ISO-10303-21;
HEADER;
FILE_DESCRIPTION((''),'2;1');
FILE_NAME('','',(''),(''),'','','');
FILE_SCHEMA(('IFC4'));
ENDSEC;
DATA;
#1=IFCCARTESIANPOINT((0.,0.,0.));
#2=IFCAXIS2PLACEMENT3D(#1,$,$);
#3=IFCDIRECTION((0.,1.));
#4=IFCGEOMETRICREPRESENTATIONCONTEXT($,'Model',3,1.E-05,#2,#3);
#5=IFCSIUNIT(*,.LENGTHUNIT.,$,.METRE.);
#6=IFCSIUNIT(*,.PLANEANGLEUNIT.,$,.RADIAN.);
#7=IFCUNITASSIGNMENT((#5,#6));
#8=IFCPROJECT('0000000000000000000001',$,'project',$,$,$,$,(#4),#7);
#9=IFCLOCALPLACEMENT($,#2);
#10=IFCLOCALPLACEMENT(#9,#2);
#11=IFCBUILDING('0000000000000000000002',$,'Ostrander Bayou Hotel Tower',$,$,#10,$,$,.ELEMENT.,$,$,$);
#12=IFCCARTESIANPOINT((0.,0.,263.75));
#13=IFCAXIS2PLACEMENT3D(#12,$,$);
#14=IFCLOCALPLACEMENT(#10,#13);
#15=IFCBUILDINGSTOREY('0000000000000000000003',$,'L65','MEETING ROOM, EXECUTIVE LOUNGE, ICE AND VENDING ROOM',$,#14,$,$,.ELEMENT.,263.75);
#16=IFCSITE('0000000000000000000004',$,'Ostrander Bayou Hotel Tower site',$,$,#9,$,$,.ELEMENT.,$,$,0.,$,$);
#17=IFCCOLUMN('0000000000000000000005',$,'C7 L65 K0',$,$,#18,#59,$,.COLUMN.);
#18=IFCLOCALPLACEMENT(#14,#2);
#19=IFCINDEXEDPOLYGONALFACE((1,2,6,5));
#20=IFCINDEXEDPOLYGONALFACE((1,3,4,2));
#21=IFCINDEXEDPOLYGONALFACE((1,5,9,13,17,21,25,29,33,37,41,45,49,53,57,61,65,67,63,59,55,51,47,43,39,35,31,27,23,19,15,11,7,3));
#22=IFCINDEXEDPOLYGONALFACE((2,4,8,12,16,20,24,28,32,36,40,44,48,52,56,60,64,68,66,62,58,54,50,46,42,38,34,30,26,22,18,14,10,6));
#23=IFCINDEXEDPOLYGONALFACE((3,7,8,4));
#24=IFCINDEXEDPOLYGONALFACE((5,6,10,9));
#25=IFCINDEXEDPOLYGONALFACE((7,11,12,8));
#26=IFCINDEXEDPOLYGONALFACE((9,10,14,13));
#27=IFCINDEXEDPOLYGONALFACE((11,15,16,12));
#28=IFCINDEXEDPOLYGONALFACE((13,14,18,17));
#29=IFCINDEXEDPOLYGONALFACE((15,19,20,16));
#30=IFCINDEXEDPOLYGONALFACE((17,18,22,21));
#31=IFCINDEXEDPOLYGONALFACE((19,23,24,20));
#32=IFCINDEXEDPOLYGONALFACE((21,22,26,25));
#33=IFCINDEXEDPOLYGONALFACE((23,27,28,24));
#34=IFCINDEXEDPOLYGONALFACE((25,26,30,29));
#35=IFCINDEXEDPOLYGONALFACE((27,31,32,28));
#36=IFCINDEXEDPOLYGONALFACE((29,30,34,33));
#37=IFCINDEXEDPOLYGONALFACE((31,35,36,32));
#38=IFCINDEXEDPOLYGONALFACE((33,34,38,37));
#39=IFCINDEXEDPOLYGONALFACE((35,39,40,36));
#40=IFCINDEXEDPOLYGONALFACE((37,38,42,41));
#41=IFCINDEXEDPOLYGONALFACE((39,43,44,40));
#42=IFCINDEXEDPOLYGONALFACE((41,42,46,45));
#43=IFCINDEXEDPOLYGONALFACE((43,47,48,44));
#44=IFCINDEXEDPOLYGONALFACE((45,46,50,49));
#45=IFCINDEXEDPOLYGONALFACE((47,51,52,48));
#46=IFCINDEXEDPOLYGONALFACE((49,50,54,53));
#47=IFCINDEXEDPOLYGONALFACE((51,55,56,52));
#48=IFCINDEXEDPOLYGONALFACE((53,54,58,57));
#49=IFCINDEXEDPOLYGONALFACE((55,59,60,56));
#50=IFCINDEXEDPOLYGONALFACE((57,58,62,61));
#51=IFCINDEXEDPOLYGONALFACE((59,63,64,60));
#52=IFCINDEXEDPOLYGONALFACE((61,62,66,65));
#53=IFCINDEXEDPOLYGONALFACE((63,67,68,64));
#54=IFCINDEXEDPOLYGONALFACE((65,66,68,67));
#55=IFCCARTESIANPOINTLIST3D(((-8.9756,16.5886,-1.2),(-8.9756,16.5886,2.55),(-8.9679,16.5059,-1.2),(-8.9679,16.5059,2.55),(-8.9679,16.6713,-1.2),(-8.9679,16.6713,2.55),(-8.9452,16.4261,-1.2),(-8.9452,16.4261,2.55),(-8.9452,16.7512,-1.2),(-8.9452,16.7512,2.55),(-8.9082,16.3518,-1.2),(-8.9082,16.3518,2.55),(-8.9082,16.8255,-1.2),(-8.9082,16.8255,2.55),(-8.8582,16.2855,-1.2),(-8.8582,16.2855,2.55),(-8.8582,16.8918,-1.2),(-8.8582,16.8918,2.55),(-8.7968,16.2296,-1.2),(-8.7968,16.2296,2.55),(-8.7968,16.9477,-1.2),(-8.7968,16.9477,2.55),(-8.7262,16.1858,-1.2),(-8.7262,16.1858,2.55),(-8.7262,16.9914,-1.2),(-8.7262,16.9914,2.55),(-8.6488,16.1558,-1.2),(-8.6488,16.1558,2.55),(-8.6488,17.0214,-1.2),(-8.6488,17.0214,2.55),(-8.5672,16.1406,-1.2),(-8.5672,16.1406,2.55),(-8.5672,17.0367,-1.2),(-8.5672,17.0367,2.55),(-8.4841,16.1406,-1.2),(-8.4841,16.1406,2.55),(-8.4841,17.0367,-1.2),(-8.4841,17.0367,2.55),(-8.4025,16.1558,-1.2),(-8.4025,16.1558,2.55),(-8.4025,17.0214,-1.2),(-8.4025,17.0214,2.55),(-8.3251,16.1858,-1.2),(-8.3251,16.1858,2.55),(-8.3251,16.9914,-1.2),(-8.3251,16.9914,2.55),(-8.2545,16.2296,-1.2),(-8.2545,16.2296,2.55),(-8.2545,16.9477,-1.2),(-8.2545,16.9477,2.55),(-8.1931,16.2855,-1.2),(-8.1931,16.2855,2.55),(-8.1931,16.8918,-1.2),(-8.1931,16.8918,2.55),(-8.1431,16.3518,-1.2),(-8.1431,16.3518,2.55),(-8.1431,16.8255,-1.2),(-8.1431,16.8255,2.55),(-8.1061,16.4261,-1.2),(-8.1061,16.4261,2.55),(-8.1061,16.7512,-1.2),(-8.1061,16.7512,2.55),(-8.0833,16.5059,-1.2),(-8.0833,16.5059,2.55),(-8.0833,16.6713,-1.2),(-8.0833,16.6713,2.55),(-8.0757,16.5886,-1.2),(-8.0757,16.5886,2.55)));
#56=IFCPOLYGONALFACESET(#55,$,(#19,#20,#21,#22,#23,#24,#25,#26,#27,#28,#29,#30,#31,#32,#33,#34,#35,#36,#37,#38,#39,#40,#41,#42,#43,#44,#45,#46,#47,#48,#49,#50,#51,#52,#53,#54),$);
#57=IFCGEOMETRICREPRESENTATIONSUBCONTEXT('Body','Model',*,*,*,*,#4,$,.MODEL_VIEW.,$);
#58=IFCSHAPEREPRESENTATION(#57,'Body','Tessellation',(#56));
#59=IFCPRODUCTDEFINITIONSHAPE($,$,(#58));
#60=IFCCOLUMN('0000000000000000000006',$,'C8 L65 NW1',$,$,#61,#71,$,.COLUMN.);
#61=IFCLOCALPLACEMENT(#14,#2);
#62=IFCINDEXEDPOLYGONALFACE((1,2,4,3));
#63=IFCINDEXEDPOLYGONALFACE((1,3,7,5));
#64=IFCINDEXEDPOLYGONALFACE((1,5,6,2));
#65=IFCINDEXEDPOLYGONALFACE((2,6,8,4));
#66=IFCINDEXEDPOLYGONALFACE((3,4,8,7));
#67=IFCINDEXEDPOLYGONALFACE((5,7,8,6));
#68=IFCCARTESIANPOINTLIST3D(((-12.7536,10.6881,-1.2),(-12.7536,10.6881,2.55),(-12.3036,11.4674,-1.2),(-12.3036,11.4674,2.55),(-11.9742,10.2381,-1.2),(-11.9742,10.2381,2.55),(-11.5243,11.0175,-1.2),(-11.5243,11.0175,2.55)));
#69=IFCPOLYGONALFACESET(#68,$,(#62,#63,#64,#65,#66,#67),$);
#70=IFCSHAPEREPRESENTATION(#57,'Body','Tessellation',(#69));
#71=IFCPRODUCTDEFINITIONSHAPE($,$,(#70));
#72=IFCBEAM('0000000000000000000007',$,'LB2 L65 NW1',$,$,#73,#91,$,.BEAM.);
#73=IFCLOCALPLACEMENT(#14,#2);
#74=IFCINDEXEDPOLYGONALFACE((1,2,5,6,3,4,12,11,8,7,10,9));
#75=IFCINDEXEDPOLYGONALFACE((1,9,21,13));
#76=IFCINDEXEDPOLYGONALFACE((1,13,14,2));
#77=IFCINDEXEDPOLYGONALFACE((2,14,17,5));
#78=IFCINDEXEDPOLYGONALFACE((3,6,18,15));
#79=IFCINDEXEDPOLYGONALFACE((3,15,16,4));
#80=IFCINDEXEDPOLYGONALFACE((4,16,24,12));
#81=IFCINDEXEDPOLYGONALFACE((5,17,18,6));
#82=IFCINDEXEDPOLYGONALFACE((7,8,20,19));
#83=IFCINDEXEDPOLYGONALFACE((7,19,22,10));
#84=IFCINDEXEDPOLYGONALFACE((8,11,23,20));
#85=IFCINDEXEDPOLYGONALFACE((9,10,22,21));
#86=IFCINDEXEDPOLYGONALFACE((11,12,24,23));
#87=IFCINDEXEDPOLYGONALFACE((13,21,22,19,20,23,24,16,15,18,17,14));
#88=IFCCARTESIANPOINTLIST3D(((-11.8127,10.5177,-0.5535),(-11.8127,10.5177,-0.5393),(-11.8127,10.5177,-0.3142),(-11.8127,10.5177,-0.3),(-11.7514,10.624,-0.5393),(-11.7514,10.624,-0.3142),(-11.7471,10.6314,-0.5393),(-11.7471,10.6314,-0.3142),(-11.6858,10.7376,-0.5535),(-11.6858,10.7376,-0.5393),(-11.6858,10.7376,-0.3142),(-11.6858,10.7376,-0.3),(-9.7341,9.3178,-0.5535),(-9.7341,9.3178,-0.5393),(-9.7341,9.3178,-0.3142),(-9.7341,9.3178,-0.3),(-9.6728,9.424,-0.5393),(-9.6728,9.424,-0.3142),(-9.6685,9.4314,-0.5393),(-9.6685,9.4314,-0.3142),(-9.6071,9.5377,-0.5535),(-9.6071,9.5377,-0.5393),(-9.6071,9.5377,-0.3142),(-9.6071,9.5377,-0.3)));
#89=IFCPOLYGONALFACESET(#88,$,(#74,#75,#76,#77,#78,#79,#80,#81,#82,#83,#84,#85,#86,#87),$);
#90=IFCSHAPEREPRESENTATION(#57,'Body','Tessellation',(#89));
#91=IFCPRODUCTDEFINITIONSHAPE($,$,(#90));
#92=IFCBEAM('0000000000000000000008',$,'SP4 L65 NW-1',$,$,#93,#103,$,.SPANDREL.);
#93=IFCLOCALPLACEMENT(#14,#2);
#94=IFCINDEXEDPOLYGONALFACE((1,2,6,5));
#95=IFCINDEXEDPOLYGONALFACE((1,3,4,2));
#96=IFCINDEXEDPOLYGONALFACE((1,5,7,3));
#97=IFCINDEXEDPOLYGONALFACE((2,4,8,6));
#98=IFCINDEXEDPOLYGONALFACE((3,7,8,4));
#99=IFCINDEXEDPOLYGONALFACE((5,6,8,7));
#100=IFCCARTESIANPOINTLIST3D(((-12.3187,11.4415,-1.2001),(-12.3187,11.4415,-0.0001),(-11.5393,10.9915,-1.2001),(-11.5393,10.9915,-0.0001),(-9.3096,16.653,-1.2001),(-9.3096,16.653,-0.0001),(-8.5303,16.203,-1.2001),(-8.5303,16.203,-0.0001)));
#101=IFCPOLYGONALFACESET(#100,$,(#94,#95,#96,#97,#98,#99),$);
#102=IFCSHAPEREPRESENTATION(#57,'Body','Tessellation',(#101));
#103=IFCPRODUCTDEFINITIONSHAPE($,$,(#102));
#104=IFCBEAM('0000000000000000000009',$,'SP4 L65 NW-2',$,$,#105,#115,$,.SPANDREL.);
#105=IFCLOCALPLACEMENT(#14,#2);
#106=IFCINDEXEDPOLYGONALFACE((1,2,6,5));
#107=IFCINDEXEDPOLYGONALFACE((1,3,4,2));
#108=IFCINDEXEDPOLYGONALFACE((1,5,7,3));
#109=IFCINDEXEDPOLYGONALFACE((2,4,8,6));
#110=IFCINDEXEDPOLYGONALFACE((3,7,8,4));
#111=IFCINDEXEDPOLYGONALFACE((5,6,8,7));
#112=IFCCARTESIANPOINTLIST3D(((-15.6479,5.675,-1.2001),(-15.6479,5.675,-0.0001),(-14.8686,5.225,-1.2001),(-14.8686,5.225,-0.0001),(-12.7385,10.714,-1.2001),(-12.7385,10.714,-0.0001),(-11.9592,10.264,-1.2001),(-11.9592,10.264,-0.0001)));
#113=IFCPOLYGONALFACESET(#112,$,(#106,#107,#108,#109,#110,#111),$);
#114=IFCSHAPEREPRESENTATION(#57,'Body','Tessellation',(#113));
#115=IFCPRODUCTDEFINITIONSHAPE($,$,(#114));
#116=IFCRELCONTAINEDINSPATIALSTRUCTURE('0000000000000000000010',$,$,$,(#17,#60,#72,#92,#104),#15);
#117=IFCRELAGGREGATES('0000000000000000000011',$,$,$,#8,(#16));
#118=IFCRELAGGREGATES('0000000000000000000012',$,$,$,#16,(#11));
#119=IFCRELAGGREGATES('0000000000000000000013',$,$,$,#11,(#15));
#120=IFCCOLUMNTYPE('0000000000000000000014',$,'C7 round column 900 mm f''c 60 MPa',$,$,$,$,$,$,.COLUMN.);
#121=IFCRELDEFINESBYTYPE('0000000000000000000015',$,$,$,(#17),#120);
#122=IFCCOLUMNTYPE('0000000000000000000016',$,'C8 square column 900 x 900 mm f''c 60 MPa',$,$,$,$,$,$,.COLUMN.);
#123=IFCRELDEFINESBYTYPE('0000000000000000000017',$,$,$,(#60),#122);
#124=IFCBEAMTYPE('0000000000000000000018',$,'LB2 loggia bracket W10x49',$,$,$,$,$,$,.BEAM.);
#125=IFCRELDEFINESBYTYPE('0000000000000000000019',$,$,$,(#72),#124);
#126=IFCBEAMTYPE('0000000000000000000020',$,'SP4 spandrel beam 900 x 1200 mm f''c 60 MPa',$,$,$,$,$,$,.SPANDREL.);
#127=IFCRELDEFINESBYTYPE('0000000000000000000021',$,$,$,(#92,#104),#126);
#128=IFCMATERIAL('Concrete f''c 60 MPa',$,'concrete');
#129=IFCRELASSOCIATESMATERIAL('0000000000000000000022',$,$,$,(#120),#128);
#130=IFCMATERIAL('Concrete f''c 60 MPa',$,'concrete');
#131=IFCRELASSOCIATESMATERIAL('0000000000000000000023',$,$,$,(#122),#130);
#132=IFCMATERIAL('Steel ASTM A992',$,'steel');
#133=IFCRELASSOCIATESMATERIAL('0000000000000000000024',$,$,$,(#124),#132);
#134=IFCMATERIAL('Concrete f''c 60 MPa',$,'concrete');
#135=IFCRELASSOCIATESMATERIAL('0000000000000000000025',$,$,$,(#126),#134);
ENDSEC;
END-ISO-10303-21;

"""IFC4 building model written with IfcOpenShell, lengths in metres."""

from ifc_helpers import new_model, si_unit, direction, frame, origin, origin_2d, place, context, subcontext, project, spatial, rectangle, circle, i_section, extrude, material, material_profile, profile_set, type_object, element, save


model = new_model("IFC4")

# Units and contexts
model_context = context("Model", 3, precision=1e-05, world=origin(), true_north=direction((0.0, 1.0)))
body_context = subcontext(model_context, "Body", "Model", "MODEL_VIEW")
ifc_project = project(units=[si_unit("LENGTHUNIT", "METRE"), si_unit("PLANEANGLEUNIT", "RADIAN")], contexts=[model_context])

# Site, building, storey
site_placement = place(None, origin())
site = spatial("IfcSite", under=ifc_project, at=site_placement, Name="Ostrander Bayou Hotel Tower site", CompositionType="ELEMENT", RefElevation=0.0)
building_placement = place(site_placement, origin())
building = spatial("IfcBuilding", under=site, at=building_placement, Name="Ostrander Bayou Hotel Tower", CompositionType="ELEMENT")
storey_placement = place(building_placement, frame((0.0, 0.0, 263.75)))
storey = spatial("IfcBuildingStorey", under=building, at=storey_placement, Name="L65", Description="MEETING ROOM, EXECUTIVE LOUNGE, ICE AND VENDING ROOM", CompositionType="ELEMENT", Elevation=263.75)

# Columns
ifc_material_1 = material(Name="Concrete f'c 60 MPa", Category="concrete")
ifc_material_profile_1 = material_profile(ifc_material_1, circle(Radius=0.45, at=origin_2d()))
ifc_profile_set_1 = profile_set([ifc_material_profile_1], Name="Concrete f'c 60 MPa")
column_type_1 = type_object("IfcColumnType", Name="C7 round column 900 mm f'c 60 MPa", PredefinedType="COLUMN", material=ifc_profile_set_1)
column_1_placement = place(storey_placement, frame((-8.5256, 16.5886, -1.2), z_axis=(0.0, 0.0, 1.0), x_axis=(1.0, 0.0, 0.0)))
element("IfcColumn", 1, at=column_1_placement, inside=storey, type_object=column_type_1, Name="C7 L65 K0", PredefinedType="COLUMN", context=body_context, shape_type="SweptSolid", body=[
    extrude(circle(Radius=0.45, at=origin_2d()), origin(), (0.0, 0.0, 1.0), 3.75),
])
ifc_material_2 = material(Name="Concrete f'c 60 MPa", Category="concrete")
ifc_material_profile_2 = material_profile(ifc_material_2, rectangle(XDim=0.8999, YDim=0.8999, at=origin_2d()))
ifc_profile_set_2 = profile_set([ifc_material_profile_2], Name="Concrete f'c 60 MPa")
column_type_2 = type_object("IfcColumnType", Name="C8 square column 900 x 900 mm f'c 60 MPa", PredefinedType="COLUMN", material=ifc_profile_set_2)
column_2_placement = place(storey_placement, frame((-12.1389, 10.8528, -1.2), z_axis=(0.0, 0.0, 1.0), x_axis=(0.5, 0.866025, 0.0)))
element("IfcColumn", 2, at=column_2_placement, inside=storey, type_object=column_type_2, Name="C8 L65 NW1", PredefinedType="COLUMN", context=body_context, shape_type="SweptSolid", body=[
    extrude(rectangle(XDim=0.8999, YDim=0.8999, at=origin_2d()), origin(), (0.0, 0.0, 1.0), 3.75),
])

# Beams
ifc_material_3 = material(Name="Steel ASTM A992", Category="steel")
ifc_material_profile_3 = material_profile(ifc_material_3, i_section(OverallWidth=0.2539, OverallDepth=0.2534, WebThickness=0.0085, FlangeThickness=0.0142, at=origin_2d()))
ifc_profile_set_3 = profile_set([ifc_material_profile_3], Name="Steel ASTM A992")
beam_type_1 = type_object("IfcBeamType", Name="LB2 loggia bracket W10x49", PredefinedType="BEAM", material=ifc_profile_set_3)
beam_1_placement = place(storey_placement, frame((-11.7493, 10.6277, -0.4268), z_axis=(0.86605, -0.499957, 0.0), x_axis=(0.499957, 0.86605, 0.0)))
element("IfcBeam", 3, at=beam_1_placement, inside=storey, type_object=beam_type_1, Name="LB2 L65 NW1", PredefinedType="BEAM", context=body_context, shape_type="SweptSolid", body=[
    extrude(i_section(OverallWidth=0.2539, OverallDepth=0.2534, WebThickness=0.0085, FlangeThickness=0.0142, at=origin_2d()), origin(), (0.0, 0.0, 1.0), 2.4001),
])
ifc_material_4 = material(Name="Concrete f'c 60 MPa", Category="concrete")
ifc_material_profile_4 = material_profile(ifc_material_4, rectangle(XDim=0.8999, YDim=1.2, at=origin_2d()))
ifc_profile_set_4 = profile_set([ifc_material_profile_4], Name="Concrete f'c 60 MPa")
beam_type_2 = type_object("IfcBeamType", Name="SP4 spandrel beam 900 x 1200 mm f'c 60 MPa", PredefinedType="SPANDREL", material=ifc_profile_set_4)
beam_2_placement = place(storey_placement, frame((-8.9199, 16.428, -0.6001), z_axis=(-0.500027, -0.86601, 0.0), x_axis=(0.86601, -0.500027, 0.0)))
element("IfcBeam", 4, at=beam_2_placement, inside=storey, type_object=beam_type_2, Name="SP4 L65 NW-1", PredefinedType="SPANDREL", context=body_context, shape_type="SweptSolid", body=[
    extrude(rectangle(XDim=0.8999, YDim=1.2, at=origin_2d()), origin(), (0.0, 0.0, 1.0), 6.0178),
])
beam_3_placement = place(storey_placement, frame((-12.3489, 10.489, -0.6001), z_axis=(-0.500015, -0.866016, 0.0), x_axis=(0.866016, -0.500015, 0.0)))
element("IfcBeam", 5, at=beam_3_placement, inside=storey, type_object=beam_type_2, Name="SP4 L65 NW-2", PredefinedType="SPANDREL", context=body_context, shape_type="SweptSolid", body=[
    extrude(rectangle(XDim=0.8999, YDim=1.2, at=origin_2d()), origin(), (0.0, 0.0, 1.0), 5.8186),
])

save(model, "model.ifc")
